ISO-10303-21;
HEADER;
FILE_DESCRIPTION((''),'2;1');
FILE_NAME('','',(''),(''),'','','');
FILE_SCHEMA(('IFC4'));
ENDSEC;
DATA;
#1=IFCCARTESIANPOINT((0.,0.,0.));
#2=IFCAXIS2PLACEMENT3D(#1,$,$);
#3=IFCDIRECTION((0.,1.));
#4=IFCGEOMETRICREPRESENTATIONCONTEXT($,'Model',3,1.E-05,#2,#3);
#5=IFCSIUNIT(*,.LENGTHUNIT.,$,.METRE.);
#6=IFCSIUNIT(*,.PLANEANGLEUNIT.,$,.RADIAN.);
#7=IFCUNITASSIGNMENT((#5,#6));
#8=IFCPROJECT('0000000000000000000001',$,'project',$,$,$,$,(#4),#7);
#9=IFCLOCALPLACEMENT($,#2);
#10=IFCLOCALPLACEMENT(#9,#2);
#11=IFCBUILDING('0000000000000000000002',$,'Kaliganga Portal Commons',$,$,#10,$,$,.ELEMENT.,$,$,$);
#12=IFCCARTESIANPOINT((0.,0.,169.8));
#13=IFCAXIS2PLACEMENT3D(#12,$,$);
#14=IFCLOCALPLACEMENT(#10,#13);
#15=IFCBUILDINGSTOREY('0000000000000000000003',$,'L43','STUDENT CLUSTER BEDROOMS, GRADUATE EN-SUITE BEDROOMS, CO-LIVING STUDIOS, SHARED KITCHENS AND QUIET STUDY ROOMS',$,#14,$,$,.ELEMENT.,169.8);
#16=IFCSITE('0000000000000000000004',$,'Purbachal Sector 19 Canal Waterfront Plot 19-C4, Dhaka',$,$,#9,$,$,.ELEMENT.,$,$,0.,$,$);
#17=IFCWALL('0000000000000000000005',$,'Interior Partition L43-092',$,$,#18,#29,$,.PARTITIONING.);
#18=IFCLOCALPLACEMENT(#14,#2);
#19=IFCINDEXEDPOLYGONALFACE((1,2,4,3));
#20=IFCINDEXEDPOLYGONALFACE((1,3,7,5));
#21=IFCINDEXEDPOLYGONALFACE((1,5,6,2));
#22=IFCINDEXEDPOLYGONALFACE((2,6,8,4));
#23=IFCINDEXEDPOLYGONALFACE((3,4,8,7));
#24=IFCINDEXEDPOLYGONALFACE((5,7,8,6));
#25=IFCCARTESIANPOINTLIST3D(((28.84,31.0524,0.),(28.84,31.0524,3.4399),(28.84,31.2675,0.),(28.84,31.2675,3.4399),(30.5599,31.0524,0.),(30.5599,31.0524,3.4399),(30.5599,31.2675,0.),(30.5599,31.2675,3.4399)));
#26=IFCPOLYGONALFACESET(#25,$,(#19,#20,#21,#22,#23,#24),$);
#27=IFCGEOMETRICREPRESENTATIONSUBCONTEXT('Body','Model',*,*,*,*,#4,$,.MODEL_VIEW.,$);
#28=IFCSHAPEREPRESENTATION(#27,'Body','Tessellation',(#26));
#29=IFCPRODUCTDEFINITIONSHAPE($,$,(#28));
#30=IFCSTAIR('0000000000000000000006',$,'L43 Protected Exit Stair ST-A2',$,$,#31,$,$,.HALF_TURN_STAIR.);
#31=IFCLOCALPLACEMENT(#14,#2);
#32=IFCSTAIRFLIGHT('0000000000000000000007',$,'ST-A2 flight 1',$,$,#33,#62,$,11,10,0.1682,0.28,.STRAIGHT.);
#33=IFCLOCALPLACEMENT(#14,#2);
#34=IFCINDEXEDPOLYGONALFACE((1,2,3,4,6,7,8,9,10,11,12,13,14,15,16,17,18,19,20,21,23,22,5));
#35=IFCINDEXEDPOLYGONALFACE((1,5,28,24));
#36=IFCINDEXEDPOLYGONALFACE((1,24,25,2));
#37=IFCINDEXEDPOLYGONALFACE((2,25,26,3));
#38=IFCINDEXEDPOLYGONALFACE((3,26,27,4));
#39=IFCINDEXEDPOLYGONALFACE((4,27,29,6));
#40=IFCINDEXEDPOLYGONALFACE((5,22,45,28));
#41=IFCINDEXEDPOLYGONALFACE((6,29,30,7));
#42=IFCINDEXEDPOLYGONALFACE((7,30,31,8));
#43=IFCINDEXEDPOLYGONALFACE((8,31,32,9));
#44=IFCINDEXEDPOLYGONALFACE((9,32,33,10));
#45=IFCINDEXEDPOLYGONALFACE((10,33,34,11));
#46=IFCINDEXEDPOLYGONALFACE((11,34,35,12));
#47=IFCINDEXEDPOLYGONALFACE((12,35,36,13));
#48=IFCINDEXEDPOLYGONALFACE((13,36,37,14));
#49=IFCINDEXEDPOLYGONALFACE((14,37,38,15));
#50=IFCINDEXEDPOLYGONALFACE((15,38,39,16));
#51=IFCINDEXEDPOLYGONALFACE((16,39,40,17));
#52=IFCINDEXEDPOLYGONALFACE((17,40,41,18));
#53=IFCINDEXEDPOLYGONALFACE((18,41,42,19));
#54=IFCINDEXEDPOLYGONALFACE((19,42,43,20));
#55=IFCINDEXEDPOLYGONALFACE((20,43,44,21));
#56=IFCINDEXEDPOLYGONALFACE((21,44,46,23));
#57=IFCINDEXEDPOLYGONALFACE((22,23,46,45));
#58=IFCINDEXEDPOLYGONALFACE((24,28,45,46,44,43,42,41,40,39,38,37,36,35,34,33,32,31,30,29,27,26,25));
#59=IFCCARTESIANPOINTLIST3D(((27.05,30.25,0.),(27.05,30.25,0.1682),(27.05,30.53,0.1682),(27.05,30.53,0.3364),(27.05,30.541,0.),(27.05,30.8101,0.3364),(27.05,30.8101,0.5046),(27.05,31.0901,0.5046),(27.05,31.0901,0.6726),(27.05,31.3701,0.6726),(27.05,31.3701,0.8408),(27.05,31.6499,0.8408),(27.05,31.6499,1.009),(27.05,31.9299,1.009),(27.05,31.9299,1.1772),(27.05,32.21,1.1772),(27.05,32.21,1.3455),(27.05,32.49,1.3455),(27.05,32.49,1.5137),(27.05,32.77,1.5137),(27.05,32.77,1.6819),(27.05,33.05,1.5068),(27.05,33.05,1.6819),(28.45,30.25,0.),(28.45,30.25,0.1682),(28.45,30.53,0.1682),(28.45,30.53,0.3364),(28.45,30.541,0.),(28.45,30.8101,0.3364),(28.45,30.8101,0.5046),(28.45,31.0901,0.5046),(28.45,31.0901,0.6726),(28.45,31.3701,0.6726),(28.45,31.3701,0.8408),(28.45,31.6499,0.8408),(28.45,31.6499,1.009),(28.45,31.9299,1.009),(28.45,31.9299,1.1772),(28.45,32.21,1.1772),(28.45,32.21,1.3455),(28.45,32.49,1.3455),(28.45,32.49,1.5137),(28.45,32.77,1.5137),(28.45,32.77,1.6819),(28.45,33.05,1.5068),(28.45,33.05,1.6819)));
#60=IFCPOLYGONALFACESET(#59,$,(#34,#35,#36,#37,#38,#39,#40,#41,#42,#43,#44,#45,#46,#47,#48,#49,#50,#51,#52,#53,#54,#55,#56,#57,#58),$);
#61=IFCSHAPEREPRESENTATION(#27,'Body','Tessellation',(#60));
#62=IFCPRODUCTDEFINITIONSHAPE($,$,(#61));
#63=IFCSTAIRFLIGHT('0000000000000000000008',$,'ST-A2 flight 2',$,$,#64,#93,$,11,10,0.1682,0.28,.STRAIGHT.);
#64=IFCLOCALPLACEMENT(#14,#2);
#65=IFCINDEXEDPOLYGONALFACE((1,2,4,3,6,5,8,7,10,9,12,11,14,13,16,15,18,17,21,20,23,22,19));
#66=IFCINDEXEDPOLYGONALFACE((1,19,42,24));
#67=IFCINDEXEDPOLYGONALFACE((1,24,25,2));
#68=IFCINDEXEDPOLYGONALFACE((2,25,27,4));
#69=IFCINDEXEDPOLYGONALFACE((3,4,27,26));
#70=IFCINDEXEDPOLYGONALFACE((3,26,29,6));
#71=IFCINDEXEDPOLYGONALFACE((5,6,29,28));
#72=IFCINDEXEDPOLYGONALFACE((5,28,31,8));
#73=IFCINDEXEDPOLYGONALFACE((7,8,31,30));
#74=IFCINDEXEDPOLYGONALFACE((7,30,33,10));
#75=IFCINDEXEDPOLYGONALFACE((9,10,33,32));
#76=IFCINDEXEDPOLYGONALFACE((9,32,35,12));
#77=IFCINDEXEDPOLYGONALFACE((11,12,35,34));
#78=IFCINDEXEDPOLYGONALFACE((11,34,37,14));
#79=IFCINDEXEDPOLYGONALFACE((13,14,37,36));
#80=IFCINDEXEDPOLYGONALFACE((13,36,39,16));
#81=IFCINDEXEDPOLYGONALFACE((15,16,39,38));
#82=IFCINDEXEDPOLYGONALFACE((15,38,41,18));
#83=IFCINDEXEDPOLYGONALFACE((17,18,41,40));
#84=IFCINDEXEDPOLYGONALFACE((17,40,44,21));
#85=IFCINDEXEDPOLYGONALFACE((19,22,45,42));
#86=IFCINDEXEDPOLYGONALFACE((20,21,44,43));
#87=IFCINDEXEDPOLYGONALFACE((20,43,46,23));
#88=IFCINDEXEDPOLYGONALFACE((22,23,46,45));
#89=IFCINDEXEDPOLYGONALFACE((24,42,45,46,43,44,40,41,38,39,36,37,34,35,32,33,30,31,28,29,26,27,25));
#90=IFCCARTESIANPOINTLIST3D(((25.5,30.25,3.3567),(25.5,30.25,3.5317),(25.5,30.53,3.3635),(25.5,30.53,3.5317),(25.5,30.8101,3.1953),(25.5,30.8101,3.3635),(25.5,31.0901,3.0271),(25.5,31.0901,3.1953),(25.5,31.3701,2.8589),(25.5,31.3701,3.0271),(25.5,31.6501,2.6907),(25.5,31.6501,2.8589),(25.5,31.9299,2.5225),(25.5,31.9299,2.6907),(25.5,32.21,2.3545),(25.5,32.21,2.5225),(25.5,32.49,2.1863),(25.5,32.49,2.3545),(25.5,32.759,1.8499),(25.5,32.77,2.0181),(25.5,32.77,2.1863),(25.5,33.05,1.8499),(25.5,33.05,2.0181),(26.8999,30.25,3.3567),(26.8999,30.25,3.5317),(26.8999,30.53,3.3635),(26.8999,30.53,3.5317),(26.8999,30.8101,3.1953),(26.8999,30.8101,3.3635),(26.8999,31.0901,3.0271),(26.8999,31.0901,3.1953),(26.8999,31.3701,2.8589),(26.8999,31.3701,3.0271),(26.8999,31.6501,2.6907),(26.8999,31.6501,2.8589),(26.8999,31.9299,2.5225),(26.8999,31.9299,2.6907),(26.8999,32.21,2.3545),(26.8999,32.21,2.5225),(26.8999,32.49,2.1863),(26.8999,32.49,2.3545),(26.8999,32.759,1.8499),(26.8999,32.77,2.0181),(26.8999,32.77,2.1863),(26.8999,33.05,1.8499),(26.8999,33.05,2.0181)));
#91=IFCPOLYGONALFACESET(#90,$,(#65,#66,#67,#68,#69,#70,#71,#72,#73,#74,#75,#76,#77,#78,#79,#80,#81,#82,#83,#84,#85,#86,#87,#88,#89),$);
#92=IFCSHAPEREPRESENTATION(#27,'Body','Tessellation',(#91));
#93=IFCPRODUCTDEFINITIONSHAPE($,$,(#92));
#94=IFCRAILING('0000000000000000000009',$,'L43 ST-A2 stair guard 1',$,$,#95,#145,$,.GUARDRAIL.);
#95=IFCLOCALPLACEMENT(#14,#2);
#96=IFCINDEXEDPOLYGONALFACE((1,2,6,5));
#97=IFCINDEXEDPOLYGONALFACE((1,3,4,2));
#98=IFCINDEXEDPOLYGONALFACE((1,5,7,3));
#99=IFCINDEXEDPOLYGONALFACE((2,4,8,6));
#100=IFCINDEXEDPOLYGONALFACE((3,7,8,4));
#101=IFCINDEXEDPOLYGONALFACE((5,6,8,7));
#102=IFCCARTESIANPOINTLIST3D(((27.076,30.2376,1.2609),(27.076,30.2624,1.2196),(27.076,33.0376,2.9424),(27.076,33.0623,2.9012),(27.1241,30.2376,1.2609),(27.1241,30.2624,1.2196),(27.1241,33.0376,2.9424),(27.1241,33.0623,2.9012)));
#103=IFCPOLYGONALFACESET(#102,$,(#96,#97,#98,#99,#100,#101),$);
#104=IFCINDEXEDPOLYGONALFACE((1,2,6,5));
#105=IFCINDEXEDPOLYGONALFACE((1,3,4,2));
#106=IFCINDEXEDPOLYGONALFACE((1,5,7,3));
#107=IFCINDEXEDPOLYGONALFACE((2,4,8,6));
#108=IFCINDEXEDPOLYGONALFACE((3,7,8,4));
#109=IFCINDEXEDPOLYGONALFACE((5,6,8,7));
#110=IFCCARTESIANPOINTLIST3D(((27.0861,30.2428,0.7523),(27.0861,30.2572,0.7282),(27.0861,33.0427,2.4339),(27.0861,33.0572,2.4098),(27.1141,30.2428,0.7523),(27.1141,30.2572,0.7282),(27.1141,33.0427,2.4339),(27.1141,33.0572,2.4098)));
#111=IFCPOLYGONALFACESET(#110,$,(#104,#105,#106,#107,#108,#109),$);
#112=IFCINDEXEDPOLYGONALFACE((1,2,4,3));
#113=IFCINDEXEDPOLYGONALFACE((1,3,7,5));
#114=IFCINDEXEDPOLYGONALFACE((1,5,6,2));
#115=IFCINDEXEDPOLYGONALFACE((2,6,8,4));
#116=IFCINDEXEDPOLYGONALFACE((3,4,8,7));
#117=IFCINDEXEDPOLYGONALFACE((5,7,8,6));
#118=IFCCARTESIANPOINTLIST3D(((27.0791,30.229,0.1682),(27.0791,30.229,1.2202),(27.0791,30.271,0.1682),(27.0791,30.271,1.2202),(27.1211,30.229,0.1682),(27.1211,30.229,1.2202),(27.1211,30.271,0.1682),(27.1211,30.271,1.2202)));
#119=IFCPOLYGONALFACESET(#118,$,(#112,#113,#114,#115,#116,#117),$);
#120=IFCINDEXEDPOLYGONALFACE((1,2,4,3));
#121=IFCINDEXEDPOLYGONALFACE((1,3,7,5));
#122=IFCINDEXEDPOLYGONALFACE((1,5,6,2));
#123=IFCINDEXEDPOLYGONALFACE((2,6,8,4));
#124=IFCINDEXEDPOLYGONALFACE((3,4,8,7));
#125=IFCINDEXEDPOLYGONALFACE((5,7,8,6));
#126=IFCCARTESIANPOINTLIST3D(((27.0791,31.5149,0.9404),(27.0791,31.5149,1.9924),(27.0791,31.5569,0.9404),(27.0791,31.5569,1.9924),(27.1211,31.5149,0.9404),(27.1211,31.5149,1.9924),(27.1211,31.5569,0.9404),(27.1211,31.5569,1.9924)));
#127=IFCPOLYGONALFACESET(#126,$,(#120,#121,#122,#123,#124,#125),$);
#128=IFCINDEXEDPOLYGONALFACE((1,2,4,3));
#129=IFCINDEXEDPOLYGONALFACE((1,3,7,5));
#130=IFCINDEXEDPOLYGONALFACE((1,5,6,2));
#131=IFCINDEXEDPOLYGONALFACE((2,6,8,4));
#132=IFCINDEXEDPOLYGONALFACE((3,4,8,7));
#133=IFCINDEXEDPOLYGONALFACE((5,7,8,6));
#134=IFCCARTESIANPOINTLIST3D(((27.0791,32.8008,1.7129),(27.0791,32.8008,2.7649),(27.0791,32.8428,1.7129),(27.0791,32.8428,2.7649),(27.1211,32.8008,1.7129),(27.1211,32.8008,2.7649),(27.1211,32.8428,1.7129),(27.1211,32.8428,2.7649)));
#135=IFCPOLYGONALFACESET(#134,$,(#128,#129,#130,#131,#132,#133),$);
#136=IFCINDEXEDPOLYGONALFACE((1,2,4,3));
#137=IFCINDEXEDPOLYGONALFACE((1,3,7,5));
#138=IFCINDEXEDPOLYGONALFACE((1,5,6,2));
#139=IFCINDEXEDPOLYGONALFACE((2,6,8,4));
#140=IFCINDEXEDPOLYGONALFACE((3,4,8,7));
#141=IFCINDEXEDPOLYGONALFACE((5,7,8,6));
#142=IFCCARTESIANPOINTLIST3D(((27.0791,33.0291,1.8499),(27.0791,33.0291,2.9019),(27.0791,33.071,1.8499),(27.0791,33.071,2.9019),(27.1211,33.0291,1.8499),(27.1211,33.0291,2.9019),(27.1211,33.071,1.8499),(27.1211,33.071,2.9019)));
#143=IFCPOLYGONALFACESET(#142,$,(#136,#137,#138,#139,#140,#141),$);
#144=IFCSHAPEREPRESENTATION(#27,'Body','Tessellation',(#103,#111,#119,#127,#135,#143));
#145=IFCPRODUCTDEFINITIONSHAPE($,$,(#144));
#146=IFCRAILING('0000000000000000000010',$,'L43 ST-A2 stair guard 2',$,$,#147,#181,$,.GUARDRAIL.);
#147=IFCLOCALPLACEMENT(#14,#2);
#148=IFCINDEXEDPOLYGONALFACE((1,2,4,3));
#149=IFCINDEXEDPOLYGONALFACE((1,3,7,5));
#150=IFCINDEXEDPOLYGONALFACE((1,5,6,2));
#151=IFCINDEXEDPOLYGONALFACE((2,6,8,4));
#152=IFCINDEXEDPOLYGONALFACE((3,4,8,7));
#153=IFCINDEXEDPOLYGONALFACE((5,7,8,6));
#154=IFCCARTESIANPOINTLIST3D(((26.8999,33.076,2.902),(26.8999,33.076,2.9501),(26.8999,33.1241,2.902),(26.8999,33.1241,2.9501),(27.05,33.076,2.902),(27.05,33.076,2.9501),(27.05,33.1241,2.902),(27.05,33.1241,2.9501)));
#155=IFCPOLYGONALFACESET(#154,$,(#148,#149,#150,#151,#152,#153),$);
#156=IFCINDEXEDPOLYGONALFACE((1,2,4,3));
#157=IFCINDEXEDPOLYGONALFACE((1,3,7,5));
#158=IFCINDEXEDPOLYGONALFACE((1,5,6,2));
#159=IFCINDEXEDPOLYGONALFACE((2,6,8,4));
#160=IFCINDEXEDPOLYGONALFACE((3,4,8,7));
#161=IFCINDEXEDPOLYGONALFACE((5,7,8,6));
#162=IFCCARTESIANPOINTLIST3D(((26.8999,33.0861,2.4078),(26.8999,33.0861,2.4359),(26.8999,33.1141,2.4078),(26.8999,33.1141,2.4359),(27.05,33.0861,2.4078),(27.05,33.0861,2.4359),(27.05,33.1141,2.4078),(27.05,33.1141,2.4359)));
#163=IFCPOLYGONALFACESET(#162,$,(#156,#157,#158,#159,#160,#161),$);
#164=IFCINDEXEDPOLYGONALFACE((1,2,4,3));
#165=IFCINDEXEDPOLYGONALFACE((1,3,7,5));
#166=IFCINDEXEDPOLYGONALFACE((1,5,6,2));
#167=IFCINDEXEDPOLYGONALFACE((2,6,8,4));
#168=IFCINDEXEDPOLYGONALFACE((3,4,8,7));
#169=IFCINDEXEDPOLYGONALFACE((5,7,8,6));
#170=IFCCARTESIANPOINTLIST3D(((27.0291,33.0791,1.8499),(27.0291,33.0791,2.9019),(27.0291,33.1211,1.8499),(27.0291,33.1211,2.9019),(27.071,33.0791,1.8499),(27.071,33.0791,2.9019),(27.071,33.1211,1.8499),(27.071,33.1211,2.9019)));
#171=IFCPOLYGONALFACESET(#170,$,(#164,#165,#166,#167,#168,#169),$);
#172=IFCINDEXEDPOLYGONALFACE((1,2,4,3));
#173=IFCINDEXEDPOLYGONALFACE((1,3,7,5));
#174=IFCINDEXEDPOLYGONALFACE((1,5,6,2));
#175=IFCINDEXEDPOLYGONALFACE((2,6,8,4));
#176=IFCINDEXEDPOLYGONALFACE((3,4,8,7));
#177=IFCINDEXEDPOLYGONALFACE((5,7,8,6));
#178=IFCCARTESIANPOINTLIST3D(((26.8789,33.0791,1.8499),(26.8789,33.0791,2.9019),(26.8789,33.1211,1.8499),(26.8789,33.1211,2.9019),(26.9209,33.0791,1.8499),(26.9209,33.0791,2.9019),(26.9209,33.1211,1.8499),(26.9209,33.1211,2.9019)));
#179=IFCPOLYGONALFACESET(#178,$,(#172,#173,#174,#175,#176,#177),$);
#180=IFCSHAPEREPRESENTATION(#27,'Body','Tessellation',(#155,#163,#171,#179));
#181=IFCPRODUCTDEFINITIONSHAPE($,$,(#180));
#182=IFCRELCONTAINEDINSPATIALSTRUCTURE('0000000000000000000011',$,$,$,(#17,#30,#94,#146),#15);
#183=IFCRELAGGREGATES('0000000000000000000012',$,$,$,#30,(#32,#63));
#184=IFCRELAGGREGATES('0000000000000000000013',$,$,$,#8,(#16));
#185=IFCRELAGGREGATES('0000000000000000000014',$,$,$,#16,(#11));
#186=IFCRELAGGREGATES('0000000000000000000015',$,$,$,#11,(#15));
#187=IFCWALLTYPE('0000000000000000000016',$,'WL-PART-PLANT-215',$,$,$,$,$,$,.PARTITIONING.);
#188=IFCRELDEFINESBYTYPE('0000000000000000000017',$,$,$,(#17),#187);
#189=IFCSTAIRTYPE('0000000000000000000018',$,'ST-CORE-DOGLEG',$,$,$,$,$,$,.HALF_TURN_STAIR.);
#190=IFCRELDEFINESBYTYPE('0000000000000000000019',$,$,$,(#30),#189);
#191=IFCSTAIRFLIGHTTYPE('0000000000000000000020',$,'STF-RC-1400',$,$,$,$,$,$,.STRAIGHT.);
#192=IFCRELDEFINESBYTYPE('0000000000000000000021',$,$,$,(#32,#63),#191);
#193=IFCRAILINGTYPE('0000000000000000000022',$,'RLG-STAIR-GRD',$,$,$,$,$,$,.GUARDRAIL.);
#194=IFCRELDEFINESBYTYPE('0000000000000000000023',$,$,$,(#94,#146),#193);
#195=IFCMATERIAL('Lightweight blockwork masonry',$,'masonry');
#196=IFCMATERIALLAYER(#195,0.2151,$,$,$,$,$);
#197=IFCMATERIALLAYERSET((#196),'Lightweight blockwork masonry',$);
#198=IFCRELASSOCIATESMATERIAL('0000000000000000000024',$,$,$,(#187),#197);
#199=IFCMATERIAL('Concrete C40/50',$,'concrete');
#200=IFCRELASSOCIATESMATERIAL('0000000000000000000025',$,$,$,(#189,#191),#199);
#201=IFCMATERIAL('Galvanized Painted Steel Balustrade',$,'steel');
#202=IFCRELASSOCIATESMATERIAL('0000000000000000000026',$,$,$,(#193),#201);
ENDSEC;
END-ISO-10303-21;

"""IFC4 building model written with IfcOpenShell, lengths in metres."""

from ifc_helpers import new_model, si_unit, direction, frame, frame_2d, origin, origin_2d, place, context, subcontext, project, spatial, polyline, rectangle, outline, extrude, material, layer, layer_set, type_object, element, aggregate, save


model = new_model("IFC4")

# Units and contexts
model_context = context("Model", 3, precision=1e-05, world=origin(), true_north=direction((0.0, 1.0)))
body_context = subcontext(model_context, "Body", "Model", "MODEL_VIEW")
ifc_project = project(units=[si_unit("LENGTHUNIT", "METRE"), si_unit("PLANEANGLEUNIT", "RADIAN")], contexts=[model_context])

# Site, building, storey
site_placement = place(None, origin())
site = spatial("IfcSite", under=ifc_project, at=site_placement, Name="Purbachal Sector 19 Canal Waterfront Plot 19-C4, Dhaka", CompositionType="ELEMENT", RefElevation=0.0)
building_placement = place(site_placement, origin())
building = spatial("IfcBuilding", under=site, at=building_placement, Name="Kaliganga Portal Commons", CompositionType="ELEMENT")
storey_placement = place(building_placement, frame((0.0, 0.0, 169.8)))
storey = spatial("IfcBuildingStorey", under=building, at=storey_placement, Name="L43", Description="STUDENT CLUSTER BEDROOMS, GRADUATE EN-SUITE BEDROOMS, CO-LIVING STUDIOS, SHARED KITCHENS AND QUIET STUDY ROOMS", CompositionType="ELEMENT", Elevation=169.8)

# Shared definitions
ifc_material_1 = material(Name="Lightweight blockwork masonry", Category="masonry")
ifc_layer_1 = layer(ifc_material_1, 0.2151)
ifc_layer_set_1 = layer_set([ifc_layer_1], Name="Lightweight blockwork masonry")
wall_type_1 = type_object("IfcWallType", Name="WL-PART-PLANT-215", PredefinedType="PARTITIONING", material=ifc_layer_set_1)

# Wall
wall_1_placement = place(storey_placement, frame((28.8401, 31.1599, 0.0), z_axis=(0.0, 0.0, 1.0), x_axis=(1.0, 0.0, 0.0)))
element("IfcWall", 1, at=wall_1_placement, inside=storey, type_object=wall_type_1, Name="Interior Partition L43-092", PredefinedType="PARTITIONING", context=body_context, shape_type="SweptSolid", body=[
    extrude(rectangle(XDim=1.72, YDim=0.2151, at=frame_2d((0.8599, 0.0))), origin(), (0.0, 0.0, 1.0), 3.4399),
])

# Stair, stair flights
ifc_material_2 = material(Name="Concrete C40/50", Category="concrete")
stair_type = type_object("IfcStairType", Name="ST-CORE-DOGLEG", PredefinedType="HALF_TURN_STAIR", material=ifc_material_2)
stair_placement = place(storey_placement, origin())
stair = element("IfcStair", 2, at=stair_placement, inside=storey, type_object=stair_type, Name="L43 Protected Exit Stair ST-A2", PredefinedType="HALF_TURN_STAIR")
stair_flight_type = type_object("IfcStairFlightType", Name="STF-RC-1400", PredefinedType="STRAIGHT", material=ifc_material_2)
stair_flight_1_placement = place(storey_placement, frame((27.75, 30.25, 0.0), z_axis=(0.0, 0.0, 1.0), x_axis=(0.0, 1.0, 0.0)))
stair_flight_1 = element("IfcStairFlight", 3, at=stair_flight_1_placement, type_object=stair_flight_type, Name="ST-A2 flight 1", NumberOfRisers=11, NumberOfTreads=10, PredefinedType="STRAIGHT", RiserHeight=0.1682, TreadLength=0.28, context=body_context, shape_type="SweptSolid", body=[
    extrude(outline(polyline([(0.0, 0.0), (0.0, 0.1682), (0.28, 0.1682), (0.28, 0.3364), (0.5601, 0.3364), (0.5601, 0.5046), (0.8401, 0.5046), (0.8401, 0.6726), (1.1201, 0.6726), (1.1201, 0.8408), (1.3999, 0.8408), (1.3999, 1.009), (1.6799, 1.009), (1.6799, 1.1772), (1.96, 1.1772), (1.96, 1.3455), (2.24, 1.3455), (2.24, 1.5137), (2.52, 1.5137), (2.52, 1.6819), (2.8, 1.6819), (2.8, 1.8501), (2.8, 1.5068), (0.291, 0.0), (0.0, 0.0)])), frame((0.0, 0.7, 0.0), z_axis=(0.0, -1.0, 0.0), x_axis=(1.0, 0.0, 0.0)), (0.0, 0.0, 1.0), 1.3999),
])
stair_flight_2_placement = place(storey_placement, frame((26.2, 33.05, 1.8499), z_axis=(0.0, 0.0, 1.0), x_axis=(0.0, -1.0, 0.0)))
stair_flight_2 = element("IfcStairFlight", 4, at=stair_flight_2_placement, type_object=stair_flight_type, Name="ST-A2 flight 2", NumberOfRisers=11, NumberOfTreads=10, PredefinedType="STRAIGHT", RiserHeight=0.1682, TreadLength=0.28, context=body_context, shape_type="SweptSolid", body=[
    extrude(outline(polyline([(0.0, 0.0), (0.0, 0.1682), (0.28, 0.1682), (0.28, 0.3364), (0.5601, 0.3364), (0.5601, 0.5046), (0.8401, 0.5046), (0.8401, 0.6726), (1.1201, 0.6726), (1.1201, 0.8408), (1.3999, 0.8408), (1.3999, 1.009), (1.6799, 1.009), (1.6799, 1.1772), (1.96, 1.1772), (1.96, 1.3455), (2.24, 1.3455), (2.24, 1.5137), (2.52, 1.5137), (2.52, 1.6819), (2.8, 1.6819), (2.8, 1.8501), (2.8, 1.5068), (0.291, 0.0), (0.0, 0.0)])), frame((0.0, 0.7, 0.0), z_axis=(0.0, -1.0, 0.0), x_axis=(1.0, 0.0, 0.0)), (0.0, 0.0, 1.0), 1.3999),
])
aggregate(stair, [stair_flight_1, stair_flight_2])

# Railings
ifc_material_3 = material(Name="Galvanized Painted Steel Balustrade", Category="steel")
railing_type_1 = type_object("IfcRailingType", Name="RLG-STAIR-GRD", PredefinedType="GUARDRAIL", material=ifc_material_3)
railing_1_placement = place(storey_placement, frame((27.1001, 30.25, 0.1682)))
element("IfcRailing", 5, at=railing_1_placement, inside=storey, type_object=railing_type_1, Name="L43 ST-A2 stair guard 1", PredefinedType="GUARDRAIL", context=body_context, shape_type="SweptSolid", body=[
    extrude(rectangle(XDim=0.0481, YDim=0.0481, at=origin_2d()), frame((0.0, 0.0, 1.072), z_axis=(0.0, 0.857275, 0.514858), x_axis=(-1.0, 0.0, 0.0)), (0.0, 0.0, 1.0), 3.2661),
    extrude(rectangle(XDim=0.0281, YDim=0.0281, at=origin_2d()), frame((0.0, 0.0, 0.572), z_axis=(0.0, 0.857275, 0.514858), x_axis=(-1.0, 0.0, 0.0)), (0.0, 0.0, 1.0), 3.2661),
    extrude(rectangle(XDim=0.042, YDim=0.042, at=origin_2d()), origin(), (0.0, 0.0, 1.0), 1.052),
    extrude(rectangle(XDim=0.042, YDim=0.042, at=origin_2d()), frame((0.0, 1.2859, 0.7722)), (0.0, 0.0, 1.0), 1.052),
    extrude(rectangle(XDim=0.042, YDim=0.042, at=origin_2d()), frame((0.0, 2.5718, 1.5447)), (0.0, 0.0, 1.0), 1.052),
    extrude(rectangle(XDim=0.042, YDim=0.042, at=origin_2d()), frame((0.0, 2.8, 1.6816)), (0.0, 0.0, 1.0), 1.052),
])
railing_2_placement = place(storey_placement, frame((27.05, 33.1001, 1.8499)))
element("IfcRailing", 6, at=railing_2_placement, inside=storey, type_object=railing_type_1, Name="L43 ST-A2 stair guard 2", PredefinedType="GUARDRAIL", context=body_context, shape_type="SweptSolid", body=[
    extrude(rectangle(XDim=0.0481, YDim=0.0481, at=origin_2d()), frame((0.0, 0.0, 1.0762), z_axis=(-1.0, 0.0, 0.0), x_axis=(0.0, -1.0, 0.0)), (0.0, 0.0, 1.0), 0.1501),
    extrude(rectangle(XDim=0.0281, YDim=0.0281, at=origin_2d()), frame((0.0, 0.0, 0.572), z_axis=(-1.0, 0.0, 0.0), x_axis=(0.0, -1.0, 0.0)), (0.0, 0.0, 1.0), 0.1501),
    extrude(rectangle(XDim=0.042, YDim=0.042, at=origin_2d()), origin(), (0.0, 0.0, 1.0), 1.052),
    extrude(rectangle(XDim=0.042, YDim=0.042, at=origin_2d()), frame((-0.1501, 0.0, 0.0)), (0.0, 0.0, 1.0), 1.052),
])

save(model, "model.ifc")
